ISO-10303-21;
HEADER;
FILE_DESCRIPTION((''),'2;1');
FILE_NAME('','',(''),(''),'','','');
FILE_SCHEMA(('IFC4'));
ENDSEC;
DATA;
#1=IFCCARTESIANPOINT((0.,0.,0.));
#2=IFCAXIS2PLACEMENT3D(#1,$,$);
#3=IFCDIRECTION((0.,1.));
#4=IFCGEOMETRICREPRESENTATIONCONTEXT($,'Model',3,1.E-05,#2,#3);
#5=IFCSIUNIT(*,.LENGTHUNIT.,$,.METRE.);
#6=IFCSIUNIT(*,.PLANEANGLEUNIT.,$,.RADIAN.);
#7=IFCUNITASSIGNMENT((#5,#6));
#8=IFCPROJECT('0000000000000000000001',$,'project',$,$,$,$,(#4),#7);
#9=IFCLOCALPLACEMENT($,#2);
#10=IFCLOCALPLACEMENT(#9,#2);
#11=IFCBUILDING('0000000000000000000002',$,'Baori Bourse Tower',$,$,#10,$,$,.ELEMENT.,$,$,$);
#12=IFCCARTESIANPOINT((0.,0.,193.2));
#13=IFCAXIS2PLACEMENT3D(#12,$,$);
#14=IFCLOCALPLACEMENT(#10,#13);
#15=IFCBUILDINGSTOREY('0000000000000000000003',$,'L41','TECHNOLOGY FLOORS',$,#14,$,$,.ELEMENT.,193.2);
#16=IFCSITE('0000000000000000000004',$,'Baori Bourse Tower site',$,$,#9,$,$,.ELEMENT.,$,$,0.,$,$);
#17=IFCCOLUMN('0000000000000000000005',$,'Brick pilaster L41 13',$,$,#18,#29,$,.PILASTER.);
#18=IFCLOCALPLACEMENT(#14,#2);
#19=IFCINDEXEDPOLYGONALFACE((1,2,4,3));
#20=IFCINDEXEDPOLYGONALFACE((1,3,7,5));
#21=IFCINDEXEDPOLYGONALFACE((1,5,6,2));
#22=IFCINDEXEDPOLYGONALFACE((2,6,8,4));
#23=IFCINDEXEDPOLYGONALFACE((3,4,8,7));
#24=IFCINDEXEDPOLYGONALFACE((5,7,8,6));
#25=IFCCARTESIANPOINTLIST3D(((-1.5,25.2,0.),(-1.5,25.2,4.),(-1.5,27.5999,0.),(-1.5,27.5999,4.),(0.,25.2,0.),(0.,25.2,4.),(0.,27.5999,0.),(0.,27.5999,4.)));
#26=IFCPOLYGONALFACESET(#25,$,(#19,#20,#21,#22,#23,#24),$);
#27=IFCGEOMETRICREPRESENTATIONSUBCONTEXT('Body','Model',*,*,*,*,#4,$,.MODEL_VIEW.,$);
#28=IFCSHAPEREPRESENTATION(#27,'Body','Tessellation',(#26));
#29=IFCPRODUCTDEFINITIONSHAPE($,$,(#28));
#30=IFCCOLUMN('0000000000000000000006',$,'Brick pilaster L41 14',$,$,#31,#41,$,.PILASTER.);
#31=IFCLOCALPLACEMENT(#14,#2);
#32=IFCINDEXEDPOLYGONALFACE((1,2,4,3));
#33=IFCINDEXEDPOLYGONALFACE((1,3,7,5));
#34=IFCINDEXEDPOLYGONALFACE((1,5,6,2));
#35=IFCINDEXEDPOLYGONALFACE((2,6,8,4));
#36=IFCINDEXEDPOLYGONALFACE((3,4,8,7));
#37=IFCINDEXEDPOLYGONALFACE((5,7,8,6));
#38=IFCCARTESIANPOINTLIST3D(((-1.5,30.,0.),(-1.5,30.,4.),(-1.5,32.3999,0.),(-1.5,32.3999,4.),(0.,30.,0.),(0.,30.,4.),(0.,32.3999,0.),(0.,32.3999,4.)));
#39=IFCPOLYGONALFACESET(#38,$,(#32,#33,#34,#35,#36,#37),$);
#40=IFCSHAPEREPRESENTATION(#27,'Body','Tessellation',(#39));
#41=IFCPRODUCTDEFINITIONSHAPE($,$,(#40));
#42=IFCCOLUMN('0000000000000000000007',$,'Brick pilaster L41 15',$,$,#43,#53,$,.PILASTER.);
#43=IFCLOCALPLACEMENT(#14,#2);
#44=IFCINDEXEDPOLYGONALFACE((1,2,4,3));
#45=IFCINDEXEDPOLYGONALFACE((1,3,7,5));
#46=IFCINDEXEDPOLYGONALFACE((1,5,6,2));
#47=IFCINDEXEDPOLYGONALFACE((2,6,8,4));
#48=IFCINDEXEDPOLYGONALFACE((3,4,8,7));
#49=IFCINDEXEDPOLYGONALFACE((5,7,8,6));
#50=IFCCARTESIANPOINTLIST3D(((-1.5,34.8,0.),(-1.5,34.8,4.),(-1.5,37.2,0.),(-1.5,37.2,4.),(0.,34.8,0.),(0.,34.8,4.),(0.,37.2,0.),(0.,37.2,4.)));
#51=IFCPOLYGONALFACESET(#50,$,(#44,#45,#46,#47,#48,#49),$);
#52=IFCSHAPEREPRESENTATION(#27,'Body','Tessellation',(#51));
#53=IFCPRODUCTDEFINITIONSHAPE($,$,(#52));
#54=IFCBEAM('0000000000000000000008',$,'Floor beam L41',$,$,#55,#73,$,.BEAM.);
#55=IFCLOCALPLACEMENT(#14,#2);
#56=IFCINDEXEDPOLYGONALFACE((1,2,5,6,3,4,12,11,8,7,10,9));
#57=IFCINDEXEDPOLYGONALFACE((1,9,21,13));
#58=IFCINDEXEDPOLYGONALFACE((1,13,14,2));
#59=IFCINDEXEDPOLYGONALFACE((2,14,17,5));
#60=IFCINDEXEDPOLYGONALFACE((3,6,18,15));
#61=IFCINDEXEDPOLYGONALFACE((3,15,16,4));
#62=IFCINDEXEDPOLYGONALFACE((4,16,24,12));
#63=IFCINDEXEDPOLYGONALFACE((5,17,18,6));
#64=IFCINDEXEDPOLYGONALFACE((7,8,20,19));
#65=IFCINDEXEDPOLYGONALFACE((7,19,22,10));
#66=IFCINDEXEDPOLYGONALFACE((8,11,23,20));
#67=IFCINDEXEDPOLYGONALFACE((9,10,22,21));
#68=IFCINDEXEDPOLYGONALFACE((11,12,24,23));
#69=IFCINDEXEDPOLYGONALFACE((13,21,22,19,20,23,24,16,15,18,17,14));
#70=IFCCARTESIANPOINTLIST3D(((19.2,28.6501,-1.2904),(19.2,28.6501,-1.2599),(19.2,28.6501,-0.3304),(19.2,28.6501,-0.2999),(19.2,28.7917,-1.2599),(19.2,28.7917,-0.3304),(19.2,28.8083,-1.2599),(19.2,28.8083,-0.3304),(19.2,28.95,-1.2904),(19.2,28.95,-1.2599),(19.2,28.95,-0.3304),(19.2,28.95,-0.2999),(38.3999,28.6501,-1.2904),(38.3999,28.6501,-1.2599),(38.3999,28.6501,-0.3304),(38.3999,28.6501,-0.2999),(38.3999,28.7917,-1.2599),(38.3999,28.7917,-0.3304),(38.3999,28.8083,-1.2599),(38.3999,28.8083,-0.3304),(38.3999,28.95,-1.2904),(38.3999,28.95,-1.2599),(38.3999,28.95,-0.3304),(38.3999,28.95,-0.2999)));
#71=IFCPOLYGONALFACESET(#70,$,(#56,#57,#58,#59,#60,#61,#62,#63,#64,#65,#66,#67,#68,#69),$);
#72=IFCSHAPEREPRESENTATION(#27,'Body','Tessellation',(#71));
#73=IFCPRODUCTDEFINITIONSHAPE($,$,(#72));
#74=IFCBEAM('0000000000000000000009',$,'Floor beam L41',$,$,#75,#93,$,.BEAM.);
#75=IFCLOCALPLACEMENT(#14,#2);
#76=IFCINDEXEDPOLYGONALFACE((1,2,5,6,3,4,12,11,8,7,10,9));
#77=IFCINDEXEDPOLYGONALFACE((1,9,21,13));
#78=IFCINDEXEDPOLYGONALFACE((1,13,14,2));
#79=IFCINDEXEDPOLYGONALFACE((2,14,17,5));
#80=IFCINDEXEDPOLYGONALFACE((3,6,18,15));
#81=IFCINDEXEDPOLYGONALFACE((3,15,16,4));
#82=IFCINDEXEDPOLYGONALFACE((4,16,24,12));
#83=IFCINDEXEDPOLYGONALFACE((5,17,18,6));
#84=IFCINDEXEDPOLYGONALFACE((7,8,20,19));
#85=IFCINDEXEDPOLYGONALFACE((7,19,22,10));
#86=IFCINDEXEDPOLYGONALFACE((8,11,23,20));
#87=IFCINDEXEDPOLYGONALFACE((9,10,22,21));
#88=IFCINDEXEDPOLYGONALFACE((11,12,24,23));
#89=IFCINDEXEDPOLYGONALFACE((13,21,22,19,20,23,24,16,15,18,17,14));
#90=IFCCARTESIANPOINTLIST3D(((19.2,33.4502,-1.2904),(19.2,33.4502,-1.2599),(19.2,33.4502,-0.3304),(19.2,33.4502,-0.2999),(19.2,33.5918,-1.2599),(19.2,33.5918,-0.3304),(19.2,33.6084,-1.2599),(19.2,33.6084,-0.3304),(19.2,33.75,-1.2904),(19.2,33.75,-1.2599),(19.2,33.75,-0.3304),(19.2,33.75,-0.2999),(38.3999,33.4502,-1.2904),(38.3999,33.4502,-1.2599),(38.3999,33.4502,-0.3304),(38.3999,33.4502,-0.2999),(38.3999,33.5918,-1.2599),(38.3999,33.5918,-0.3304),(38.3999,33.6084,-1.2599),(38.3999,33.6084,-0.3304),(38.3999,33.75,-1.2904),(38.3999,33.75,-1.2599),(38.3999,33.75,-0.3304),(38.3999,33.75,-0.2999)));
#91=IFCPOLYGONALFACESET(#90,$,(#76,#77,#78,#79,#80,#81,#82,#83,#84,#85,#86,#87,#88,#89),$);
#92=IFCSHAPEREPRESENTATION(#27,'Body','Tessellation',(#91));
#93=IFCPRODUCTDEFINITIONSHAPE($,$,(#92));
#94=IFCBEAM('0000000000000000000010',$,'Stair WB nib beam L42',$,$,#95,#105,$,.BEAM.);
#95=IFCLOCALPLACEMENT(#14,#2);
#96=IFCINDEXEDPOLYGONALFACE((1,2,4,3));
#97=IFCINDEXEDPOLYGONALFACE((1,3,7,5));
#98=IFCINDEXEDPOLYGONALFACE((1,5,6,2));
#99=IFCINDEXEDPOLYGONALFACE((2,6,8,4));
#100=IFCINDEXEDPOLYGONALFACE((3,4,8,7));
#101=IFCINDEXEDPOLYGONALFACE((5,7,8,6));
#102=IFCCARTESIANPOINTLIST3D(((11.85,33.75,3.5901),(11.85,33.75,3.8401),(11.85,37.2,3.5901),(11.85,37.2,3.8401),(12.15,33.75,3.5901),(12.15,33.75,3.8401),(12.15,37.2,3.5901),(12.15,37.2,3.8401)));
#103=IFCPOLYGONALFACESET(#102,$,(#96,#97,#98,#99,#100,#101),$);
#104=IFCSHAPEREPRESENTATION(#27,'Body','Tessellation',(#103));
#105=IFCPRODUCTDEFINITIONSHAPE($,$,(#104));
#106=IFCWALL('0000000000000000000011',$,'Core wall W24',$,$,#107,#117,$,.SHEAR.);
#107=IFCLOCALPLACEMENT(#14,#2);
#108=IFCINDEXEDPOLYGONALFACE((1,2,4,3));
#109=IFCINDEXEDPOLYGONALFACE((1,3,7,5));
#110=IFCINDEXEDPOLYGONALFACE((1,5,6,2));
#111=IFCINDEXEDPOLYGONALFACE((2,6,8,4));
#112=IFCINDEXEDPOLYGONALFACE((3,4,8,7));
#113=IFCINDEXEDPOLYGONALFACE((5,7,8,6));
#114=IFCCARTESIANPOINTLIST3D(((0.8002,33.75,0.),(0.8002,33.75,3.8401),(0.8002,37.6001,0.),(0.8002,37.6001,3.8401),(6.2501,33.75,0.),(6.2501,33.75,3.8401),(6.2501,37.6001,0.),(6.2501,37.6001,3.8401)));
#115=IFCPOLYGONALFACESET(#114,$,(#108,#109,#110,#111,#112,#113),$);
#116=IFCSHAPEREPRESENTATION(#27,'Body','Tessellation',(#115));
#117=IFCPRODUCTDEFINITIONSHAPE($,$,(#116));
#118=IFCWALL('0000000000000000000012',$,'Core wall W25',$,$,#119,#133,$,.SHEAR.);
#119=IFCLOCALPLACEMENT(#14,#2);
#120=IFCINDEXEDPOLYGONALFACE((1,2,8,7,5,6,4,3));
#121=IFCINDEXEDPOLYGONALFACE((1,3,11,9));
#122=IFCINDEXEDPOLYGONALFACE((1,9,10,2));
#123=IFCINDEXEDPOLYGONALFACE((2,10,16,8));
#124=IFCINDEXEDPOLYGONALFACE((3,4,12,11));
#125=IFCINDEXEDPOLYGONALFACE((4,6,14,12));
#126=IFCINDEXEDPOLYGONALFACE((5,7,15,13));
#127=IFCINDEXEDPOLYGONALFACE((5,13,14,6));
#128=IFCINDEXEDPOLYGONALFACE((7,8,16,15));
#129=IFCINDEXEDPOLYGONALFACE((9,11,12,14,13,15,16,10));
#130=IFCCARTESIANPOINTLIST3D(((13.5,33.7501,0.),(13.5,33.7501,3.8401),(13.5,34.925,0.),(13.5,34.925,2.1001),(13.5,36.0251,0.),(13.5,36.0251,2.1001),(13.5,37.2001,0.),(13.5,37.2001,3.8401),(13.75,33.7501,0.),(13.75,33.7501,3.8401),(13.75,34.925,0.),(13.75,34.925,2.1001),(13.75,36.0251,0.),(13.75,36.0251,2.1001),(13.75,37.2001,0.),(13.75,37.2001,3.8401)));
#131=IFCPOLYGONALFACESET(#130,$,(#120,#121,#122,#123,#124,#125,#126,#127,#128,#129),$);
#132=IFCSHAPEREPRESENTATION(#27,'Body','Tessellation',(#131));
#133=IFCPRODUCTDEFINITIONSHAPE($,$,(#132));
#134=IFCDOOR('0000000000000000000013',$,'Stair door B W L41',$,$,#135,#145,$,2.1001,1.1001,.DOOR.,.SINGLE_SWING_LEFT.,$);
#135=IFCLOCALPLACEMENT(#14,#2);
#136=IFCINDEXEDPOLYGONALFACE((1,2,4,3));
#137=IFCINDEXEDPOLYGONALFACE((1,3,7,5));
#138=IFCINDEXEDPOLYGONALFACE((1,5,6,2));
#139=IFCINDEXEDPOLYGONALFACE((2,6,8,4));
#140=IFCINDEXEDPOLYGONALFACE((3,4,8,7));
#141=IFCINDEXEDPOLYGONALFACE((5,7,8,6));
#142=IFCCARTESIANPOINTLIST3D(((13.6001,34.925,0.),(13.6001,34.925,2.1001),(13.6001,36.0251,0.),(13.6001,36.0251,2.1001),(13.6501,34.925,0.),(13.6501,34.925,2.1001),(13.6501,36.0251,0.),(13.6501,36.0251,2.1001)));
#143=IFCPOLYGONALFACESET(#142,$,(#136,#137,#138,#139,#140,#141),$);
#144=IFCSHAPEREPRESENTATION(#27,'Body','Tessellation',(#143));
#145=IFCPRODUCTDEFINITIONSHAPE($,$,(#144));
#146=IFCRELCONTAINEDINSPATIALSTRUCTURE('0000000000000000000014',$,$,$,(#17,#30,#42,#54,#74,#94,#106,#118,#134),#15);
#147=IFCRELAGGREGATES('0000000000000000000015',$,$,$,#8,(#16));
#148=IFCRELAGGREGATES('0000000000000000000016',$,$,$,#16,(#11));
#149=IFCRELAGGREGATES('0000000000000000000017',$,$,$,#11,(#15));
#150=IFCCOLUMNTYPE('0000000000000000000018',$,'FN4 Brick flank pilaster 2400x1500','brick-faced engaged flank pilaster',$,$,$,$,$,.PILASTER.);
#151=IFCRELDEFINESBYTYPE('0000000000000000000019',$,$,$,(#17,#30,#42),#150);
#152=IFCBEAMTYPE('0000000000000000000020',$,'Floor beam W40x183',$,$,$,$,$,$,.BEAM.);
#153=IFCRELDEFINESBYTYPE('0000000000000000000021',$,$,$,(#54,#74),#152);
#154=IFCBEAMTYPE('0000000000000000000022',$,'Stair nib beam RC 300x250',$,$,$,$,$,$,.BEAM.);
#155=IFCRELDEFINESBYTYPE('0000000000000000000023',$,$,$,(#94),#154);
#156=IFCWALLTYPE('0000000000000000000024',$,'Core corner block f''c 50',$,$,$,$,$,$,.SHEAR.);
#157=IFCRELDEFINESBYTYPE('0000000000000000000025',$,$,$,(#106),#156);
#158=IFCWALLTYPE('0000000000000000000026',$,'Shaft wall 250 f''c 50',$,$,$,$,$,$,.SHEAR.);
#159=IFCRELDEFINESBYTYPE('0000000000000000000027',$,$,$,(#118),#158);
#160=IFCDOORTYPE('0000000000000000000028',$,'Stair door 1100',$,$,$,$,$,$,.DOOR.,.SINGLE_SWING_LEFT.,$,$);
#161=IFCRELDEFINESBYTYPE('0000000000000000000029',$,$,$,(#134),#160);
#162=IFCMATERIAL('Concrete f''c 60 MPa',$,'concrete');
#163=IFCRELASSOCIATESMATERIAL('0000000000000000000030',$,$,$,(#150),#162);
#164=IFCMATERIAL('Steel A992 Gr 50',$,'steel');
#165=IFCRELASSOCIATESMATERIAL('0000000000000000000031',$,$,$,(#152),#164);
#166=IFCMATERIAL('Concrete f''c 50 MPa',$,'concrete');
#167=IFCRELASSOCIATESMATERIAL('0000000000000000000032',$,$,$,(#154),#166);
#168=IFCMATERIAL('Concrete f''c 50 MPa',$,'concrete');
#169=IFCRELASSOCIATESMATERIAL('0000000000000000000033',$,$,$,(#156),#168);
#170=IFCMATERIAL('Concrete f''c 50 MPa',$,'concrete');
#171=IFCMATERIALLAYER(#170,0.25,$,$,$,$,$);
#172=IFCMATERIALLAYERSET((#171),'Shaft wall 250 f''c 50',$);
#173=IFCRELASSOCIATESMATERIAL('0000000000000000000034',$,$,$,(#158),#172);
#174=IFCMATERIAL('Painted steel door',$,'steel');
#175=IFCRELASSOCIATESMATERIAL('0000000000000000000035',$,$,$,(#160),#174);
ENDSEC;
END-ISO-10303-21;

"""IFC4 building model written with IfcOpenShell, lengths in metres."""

from ifc_helpers import new_model, si_unit, direction, frame, frame_2d, origin, origin_2d, place, context, subcontext, project, spatial, rectangle, i_section, extrude, material, layer, layer_set, material_profile, profile_set, type_object, element, fill, save


model = new_model("IFC4")

# Units and contexts
model_context = context("Model", 3, precision=1e-05, world=origin(), true_north=direction((0.0, 1.0)))
body_context = subcontext(model_context, "Body", "Model", "MODEL_VIEW")
ifc_project = project(units=[si_unit("LENGTHUNIT", "METRE"), si_unit("PLANEANGLEUNIT", "RADIAN")], contexts=[model_context])

# Site, building, storey
site_placement = place(None, origin())
site = spatial("IfcSite", under=ifc_project, at=site_placement, Name="Baori Bourse Tower site", CompositionType="ELEMENT", RefElevation=0.0)
building_placement = place(site_placement, origin())
building = spatial("IfcBuilding", under=site, at=building_placement, Name="Baori Bourse Tower", CompositionType="ELEMENT")
storey_placement = place(building_placement, frame((0.0, 0.0, 193.2)))
storey = spatial("IfcBuildingStorey", under=building, at=storey_placement, Name="L41", Description="TECHNOLOGY FLOORS", CompositionType="ELEMENT", Elevation=193.2)

# Columns
ifc_material_1 = material(Name="Concrete f'c 60 MPa", Category="concrete")
ifc_material_profile_1 = material_profile(ifc_material_1, rectangle(XDim=2.3999, YDim=1.5, at=origin_2d()), Name="RC 2400x1500")
ifc_profile_set_1 = profile_set([ifc_material_profile_1], Name="Concrete f'c 60 MPa")
column_type = type_object("IfcColumnType", Name="FN4 Brick flank pilaster 2400x1500", Description="brick-faced engaged flank pilaster", PredefinedType="PILASTER", material=ifc_profile_set_1)
for number, where, z_axis, x_axis, name in (
    (1, (-0.75, 26.3999, 0.0), (0.0, 0.0, 1.0), (0.0, 1.0, 0.0), "Brick pilaster L41 13"),
    (2, (-0.75, 31.2, 0.0), (0.0, 0.0, 1.0), (0.0, 1.0, 0.0), "Brick pilaster L41 14"),
    (3, (-0.75, 36.0, 0.0), (0.0, 0.0, 1.0), (0.0, 1.0, 0.0), "Brick pilaster L41 15"),
):
    element("IfcColumn", number, at=place(storey_placement, frame(where, z_axis=z_axis, x_axis=x_axis)), inside=storey, type_object=column_type, Name=name, PredefinedType="PILASTER", context=body_context, shape_type="SweptSolid", body=[
        extrude(rectangle(XDim=2.3999, YDim=1.5, at=origin_2d()), origin(), (0.0, 0.0, 1.0), 4.0),
    ])

# Beams
ifc_material_2 = material(Name="Steel A992 Gr 50", Category="steel")
ifc_material_profile_2 = material_profile(ifc_material_2, i_section(OverallWidth=0.2998, OverallDepth=0.9905, WebThickness=0.0166, FlangeThickness=0.0305, at=origin_2d()), Name="W40x183")
ifc_profile_set_2 = profile_set([ifc_material_profile_2], Name="Steel A992 Gr 50")
beam_type_1 = type_object("IfcBeamType", Name="Floor beam W40x183", PredefinedType="BEAM", material=ifc_profile_set_2)
for number, where, z_axis, x_axis, name in (
    (4, (19.2, 28.8, -0.7952), (1.0, 0.0, 0.0), (0.0, 1.0, 0.0), "Floor beam L41"),
    (5, (19.2, 33.6001, -0.7952), (1.0, 0.0, 0.0), (0.0, 1.0, 0.0), "Floor beam L41"),
):
    element("IfcBeam", number, at=place(storey_placement, frame(where, z_axis=z_axis, x_axis=x_axis)), inside=storey, type_object=beam_type_1, Name=name, PredefinedType="BEAM", context=body_context, shape_type="SweptSolid", body=[
        extrude(i_section(OverallWidth=0.2998, OverallDepth=0.9905, WebThickness=0.0166, FlangeThickness=0.0305, at=origin_2d()), origin(), (0.0, 0.0, 1.0), 19.2),
    ])
ifc_material_3 = material(Name="Concrete f'c 50 MPa", Category="concrete")
ifc_material_profile_3 = material_profile(ifc_material_3, rectangle(XDim=0.3, YDim=0.25, at=origin_2d()), Name="RC 300x250")
ifc_profile_set_3 = profile_set([ifc_material_profile_3], Name="Concrete f'c 50 MPa")
beam_type_2 = type_object("IfcBeamType", Name="Stair nib beam RC 300x250", PredefinedType="BEAM", material=ifc_profile_set_3)
beam_placement = place(storey_placement, frame((12.0, 33.75, 3.7151), z_axis=(0.0, 1.0, 0.0), x_axis=(-1.0, 0.0, 0.0)))
element("IfcBeam", 6, at=beam_placement, inside=storey, type_object=beam_type_2, Name="Stair WB nib beam L42", PredefinedType="BEAM", context=body_context, shape_type="SweptSolid", body=[
    extrude(rectangle(XDim=0.3, YDim=0.25, at=origin_2d()), origin(), (0.0, 0.0, 1.0), 3.45),
])

# Wall
ifc_material_4 = material(Name="Concrete f'c 50 MPa", Category="concrete")
wall_type_1 = type_object("IfcWallType", Name="Core corner block f'c 50", PredefinedType="SHEAR", material=ifc_material_4)
wall_1_placement = place(storey_placement, frame((0.8, 35.675, 0.0), z_axis=(0.0, 0.0, 1.0), x_axis=(1.0, 0.0, 0.0)))
element("IfcWall", 7, at=wall_1_placement, inside=storey, type_object=wall_type_1, Name="Core wall W24", PredefinedType="SHEAR", context=body_context, shape_type="SweptSolid", body=[
    extrude(rectangle(XDim=5.45, YDim=3.8501, at=frame_2d((2.7251, 0.0))), origin(), (0.0, 0.0, 1.0), 3.8401),
])

# Wall, opening, door
ifc_material_5 = material(Name="Concrete f'c 50 MPa", Category="concrete")
ifc_layer_1 = layer(ifc_material_5, 0.25)
ifc_layer_set_1 = layer_set([ifc_layer_1], Name="Shaft wall 250 f'c 50")
wall_type_2 = type_object("IfcWallType", Name="Shaft wall 250 f'c 50", PredefinedType="SHEAR", material=ifc_layer_set_1)
wall_2_placement = place(storey_placement, frame((13.625, 33.75, 0.0), z_axis=(0.0, 0.0, 1.0), x_axis=(0.0, 1.0, 0.0)))
wall_2 = element("IfcWall", 8, at=wall_2_placement, inside=storey, type_object=wall_type_2, Name="Core wall W25", PredefinedType="SHEAR", context=body_context, shape_type="SweptSolid", body=[
    extrude(rectangle(XDim=3.45, YDim=0.25, at=frame_2d((1.7251, 0.0))), origin(), (0.0, 0.0, 1.0), 3.8401),
])
opening_1_placement = place(wall_2_placement, frame((1.175, 0.0, 0.0)))
opening_1 = element("IfcOpeningElement", 9, at=opening_1_placement, cuts=wall_2, PredefinedType="OPENING", context=body_context, shape_type="SweptSolid", body=[
    extrude(rectangle(XDim=1.1001, YDim=2.1001, at=frame_2d((0.55, 1.05))), frame((0.0, 0.135, 0.0), z_axis=(0.0, -1.0, 0.0), x_axis=(1.0, 0.0, 0.0)), (0.0, 0.0, 1.0), 0.27),
])
ifc_material_6 = material(Name="Painted steel door", Category="steel")
door_type_1 = type_object("IfcDoorType", Name="Stair door 1100", OperationType="SINGLE_SWING_LEFT", PredefinedType="DOOR", material=ifc_material_6)
door_1_placement = place(opening_1_placement, origin())
door_1 = element("IfcDoor", 10, at=door_1_placement, inside=storey, type_object=door_type_1, Name="Stair door B W L41", OperationType="SINGLE_SWING_LEFT", OverallHeight=2.1001, OverallWidth=1.1001, PredefinedType="DOOR", context=body_context, shape_type="SweptSolid", body=[
    extrude(rectangle(XDim=1.1001, YDim=2.1001, at=frame_2d((0.55, 1.05))), frame((0.0, 0.0249, 0.0), z_axis=(0.0, -1.0, 0.0), x_axis=(1.0, 0.0, 0.0)), (0.0, 0.0, 1.0), 0.05),
])
fill(opening_1, door_1)

save(model, "model.ifc")
